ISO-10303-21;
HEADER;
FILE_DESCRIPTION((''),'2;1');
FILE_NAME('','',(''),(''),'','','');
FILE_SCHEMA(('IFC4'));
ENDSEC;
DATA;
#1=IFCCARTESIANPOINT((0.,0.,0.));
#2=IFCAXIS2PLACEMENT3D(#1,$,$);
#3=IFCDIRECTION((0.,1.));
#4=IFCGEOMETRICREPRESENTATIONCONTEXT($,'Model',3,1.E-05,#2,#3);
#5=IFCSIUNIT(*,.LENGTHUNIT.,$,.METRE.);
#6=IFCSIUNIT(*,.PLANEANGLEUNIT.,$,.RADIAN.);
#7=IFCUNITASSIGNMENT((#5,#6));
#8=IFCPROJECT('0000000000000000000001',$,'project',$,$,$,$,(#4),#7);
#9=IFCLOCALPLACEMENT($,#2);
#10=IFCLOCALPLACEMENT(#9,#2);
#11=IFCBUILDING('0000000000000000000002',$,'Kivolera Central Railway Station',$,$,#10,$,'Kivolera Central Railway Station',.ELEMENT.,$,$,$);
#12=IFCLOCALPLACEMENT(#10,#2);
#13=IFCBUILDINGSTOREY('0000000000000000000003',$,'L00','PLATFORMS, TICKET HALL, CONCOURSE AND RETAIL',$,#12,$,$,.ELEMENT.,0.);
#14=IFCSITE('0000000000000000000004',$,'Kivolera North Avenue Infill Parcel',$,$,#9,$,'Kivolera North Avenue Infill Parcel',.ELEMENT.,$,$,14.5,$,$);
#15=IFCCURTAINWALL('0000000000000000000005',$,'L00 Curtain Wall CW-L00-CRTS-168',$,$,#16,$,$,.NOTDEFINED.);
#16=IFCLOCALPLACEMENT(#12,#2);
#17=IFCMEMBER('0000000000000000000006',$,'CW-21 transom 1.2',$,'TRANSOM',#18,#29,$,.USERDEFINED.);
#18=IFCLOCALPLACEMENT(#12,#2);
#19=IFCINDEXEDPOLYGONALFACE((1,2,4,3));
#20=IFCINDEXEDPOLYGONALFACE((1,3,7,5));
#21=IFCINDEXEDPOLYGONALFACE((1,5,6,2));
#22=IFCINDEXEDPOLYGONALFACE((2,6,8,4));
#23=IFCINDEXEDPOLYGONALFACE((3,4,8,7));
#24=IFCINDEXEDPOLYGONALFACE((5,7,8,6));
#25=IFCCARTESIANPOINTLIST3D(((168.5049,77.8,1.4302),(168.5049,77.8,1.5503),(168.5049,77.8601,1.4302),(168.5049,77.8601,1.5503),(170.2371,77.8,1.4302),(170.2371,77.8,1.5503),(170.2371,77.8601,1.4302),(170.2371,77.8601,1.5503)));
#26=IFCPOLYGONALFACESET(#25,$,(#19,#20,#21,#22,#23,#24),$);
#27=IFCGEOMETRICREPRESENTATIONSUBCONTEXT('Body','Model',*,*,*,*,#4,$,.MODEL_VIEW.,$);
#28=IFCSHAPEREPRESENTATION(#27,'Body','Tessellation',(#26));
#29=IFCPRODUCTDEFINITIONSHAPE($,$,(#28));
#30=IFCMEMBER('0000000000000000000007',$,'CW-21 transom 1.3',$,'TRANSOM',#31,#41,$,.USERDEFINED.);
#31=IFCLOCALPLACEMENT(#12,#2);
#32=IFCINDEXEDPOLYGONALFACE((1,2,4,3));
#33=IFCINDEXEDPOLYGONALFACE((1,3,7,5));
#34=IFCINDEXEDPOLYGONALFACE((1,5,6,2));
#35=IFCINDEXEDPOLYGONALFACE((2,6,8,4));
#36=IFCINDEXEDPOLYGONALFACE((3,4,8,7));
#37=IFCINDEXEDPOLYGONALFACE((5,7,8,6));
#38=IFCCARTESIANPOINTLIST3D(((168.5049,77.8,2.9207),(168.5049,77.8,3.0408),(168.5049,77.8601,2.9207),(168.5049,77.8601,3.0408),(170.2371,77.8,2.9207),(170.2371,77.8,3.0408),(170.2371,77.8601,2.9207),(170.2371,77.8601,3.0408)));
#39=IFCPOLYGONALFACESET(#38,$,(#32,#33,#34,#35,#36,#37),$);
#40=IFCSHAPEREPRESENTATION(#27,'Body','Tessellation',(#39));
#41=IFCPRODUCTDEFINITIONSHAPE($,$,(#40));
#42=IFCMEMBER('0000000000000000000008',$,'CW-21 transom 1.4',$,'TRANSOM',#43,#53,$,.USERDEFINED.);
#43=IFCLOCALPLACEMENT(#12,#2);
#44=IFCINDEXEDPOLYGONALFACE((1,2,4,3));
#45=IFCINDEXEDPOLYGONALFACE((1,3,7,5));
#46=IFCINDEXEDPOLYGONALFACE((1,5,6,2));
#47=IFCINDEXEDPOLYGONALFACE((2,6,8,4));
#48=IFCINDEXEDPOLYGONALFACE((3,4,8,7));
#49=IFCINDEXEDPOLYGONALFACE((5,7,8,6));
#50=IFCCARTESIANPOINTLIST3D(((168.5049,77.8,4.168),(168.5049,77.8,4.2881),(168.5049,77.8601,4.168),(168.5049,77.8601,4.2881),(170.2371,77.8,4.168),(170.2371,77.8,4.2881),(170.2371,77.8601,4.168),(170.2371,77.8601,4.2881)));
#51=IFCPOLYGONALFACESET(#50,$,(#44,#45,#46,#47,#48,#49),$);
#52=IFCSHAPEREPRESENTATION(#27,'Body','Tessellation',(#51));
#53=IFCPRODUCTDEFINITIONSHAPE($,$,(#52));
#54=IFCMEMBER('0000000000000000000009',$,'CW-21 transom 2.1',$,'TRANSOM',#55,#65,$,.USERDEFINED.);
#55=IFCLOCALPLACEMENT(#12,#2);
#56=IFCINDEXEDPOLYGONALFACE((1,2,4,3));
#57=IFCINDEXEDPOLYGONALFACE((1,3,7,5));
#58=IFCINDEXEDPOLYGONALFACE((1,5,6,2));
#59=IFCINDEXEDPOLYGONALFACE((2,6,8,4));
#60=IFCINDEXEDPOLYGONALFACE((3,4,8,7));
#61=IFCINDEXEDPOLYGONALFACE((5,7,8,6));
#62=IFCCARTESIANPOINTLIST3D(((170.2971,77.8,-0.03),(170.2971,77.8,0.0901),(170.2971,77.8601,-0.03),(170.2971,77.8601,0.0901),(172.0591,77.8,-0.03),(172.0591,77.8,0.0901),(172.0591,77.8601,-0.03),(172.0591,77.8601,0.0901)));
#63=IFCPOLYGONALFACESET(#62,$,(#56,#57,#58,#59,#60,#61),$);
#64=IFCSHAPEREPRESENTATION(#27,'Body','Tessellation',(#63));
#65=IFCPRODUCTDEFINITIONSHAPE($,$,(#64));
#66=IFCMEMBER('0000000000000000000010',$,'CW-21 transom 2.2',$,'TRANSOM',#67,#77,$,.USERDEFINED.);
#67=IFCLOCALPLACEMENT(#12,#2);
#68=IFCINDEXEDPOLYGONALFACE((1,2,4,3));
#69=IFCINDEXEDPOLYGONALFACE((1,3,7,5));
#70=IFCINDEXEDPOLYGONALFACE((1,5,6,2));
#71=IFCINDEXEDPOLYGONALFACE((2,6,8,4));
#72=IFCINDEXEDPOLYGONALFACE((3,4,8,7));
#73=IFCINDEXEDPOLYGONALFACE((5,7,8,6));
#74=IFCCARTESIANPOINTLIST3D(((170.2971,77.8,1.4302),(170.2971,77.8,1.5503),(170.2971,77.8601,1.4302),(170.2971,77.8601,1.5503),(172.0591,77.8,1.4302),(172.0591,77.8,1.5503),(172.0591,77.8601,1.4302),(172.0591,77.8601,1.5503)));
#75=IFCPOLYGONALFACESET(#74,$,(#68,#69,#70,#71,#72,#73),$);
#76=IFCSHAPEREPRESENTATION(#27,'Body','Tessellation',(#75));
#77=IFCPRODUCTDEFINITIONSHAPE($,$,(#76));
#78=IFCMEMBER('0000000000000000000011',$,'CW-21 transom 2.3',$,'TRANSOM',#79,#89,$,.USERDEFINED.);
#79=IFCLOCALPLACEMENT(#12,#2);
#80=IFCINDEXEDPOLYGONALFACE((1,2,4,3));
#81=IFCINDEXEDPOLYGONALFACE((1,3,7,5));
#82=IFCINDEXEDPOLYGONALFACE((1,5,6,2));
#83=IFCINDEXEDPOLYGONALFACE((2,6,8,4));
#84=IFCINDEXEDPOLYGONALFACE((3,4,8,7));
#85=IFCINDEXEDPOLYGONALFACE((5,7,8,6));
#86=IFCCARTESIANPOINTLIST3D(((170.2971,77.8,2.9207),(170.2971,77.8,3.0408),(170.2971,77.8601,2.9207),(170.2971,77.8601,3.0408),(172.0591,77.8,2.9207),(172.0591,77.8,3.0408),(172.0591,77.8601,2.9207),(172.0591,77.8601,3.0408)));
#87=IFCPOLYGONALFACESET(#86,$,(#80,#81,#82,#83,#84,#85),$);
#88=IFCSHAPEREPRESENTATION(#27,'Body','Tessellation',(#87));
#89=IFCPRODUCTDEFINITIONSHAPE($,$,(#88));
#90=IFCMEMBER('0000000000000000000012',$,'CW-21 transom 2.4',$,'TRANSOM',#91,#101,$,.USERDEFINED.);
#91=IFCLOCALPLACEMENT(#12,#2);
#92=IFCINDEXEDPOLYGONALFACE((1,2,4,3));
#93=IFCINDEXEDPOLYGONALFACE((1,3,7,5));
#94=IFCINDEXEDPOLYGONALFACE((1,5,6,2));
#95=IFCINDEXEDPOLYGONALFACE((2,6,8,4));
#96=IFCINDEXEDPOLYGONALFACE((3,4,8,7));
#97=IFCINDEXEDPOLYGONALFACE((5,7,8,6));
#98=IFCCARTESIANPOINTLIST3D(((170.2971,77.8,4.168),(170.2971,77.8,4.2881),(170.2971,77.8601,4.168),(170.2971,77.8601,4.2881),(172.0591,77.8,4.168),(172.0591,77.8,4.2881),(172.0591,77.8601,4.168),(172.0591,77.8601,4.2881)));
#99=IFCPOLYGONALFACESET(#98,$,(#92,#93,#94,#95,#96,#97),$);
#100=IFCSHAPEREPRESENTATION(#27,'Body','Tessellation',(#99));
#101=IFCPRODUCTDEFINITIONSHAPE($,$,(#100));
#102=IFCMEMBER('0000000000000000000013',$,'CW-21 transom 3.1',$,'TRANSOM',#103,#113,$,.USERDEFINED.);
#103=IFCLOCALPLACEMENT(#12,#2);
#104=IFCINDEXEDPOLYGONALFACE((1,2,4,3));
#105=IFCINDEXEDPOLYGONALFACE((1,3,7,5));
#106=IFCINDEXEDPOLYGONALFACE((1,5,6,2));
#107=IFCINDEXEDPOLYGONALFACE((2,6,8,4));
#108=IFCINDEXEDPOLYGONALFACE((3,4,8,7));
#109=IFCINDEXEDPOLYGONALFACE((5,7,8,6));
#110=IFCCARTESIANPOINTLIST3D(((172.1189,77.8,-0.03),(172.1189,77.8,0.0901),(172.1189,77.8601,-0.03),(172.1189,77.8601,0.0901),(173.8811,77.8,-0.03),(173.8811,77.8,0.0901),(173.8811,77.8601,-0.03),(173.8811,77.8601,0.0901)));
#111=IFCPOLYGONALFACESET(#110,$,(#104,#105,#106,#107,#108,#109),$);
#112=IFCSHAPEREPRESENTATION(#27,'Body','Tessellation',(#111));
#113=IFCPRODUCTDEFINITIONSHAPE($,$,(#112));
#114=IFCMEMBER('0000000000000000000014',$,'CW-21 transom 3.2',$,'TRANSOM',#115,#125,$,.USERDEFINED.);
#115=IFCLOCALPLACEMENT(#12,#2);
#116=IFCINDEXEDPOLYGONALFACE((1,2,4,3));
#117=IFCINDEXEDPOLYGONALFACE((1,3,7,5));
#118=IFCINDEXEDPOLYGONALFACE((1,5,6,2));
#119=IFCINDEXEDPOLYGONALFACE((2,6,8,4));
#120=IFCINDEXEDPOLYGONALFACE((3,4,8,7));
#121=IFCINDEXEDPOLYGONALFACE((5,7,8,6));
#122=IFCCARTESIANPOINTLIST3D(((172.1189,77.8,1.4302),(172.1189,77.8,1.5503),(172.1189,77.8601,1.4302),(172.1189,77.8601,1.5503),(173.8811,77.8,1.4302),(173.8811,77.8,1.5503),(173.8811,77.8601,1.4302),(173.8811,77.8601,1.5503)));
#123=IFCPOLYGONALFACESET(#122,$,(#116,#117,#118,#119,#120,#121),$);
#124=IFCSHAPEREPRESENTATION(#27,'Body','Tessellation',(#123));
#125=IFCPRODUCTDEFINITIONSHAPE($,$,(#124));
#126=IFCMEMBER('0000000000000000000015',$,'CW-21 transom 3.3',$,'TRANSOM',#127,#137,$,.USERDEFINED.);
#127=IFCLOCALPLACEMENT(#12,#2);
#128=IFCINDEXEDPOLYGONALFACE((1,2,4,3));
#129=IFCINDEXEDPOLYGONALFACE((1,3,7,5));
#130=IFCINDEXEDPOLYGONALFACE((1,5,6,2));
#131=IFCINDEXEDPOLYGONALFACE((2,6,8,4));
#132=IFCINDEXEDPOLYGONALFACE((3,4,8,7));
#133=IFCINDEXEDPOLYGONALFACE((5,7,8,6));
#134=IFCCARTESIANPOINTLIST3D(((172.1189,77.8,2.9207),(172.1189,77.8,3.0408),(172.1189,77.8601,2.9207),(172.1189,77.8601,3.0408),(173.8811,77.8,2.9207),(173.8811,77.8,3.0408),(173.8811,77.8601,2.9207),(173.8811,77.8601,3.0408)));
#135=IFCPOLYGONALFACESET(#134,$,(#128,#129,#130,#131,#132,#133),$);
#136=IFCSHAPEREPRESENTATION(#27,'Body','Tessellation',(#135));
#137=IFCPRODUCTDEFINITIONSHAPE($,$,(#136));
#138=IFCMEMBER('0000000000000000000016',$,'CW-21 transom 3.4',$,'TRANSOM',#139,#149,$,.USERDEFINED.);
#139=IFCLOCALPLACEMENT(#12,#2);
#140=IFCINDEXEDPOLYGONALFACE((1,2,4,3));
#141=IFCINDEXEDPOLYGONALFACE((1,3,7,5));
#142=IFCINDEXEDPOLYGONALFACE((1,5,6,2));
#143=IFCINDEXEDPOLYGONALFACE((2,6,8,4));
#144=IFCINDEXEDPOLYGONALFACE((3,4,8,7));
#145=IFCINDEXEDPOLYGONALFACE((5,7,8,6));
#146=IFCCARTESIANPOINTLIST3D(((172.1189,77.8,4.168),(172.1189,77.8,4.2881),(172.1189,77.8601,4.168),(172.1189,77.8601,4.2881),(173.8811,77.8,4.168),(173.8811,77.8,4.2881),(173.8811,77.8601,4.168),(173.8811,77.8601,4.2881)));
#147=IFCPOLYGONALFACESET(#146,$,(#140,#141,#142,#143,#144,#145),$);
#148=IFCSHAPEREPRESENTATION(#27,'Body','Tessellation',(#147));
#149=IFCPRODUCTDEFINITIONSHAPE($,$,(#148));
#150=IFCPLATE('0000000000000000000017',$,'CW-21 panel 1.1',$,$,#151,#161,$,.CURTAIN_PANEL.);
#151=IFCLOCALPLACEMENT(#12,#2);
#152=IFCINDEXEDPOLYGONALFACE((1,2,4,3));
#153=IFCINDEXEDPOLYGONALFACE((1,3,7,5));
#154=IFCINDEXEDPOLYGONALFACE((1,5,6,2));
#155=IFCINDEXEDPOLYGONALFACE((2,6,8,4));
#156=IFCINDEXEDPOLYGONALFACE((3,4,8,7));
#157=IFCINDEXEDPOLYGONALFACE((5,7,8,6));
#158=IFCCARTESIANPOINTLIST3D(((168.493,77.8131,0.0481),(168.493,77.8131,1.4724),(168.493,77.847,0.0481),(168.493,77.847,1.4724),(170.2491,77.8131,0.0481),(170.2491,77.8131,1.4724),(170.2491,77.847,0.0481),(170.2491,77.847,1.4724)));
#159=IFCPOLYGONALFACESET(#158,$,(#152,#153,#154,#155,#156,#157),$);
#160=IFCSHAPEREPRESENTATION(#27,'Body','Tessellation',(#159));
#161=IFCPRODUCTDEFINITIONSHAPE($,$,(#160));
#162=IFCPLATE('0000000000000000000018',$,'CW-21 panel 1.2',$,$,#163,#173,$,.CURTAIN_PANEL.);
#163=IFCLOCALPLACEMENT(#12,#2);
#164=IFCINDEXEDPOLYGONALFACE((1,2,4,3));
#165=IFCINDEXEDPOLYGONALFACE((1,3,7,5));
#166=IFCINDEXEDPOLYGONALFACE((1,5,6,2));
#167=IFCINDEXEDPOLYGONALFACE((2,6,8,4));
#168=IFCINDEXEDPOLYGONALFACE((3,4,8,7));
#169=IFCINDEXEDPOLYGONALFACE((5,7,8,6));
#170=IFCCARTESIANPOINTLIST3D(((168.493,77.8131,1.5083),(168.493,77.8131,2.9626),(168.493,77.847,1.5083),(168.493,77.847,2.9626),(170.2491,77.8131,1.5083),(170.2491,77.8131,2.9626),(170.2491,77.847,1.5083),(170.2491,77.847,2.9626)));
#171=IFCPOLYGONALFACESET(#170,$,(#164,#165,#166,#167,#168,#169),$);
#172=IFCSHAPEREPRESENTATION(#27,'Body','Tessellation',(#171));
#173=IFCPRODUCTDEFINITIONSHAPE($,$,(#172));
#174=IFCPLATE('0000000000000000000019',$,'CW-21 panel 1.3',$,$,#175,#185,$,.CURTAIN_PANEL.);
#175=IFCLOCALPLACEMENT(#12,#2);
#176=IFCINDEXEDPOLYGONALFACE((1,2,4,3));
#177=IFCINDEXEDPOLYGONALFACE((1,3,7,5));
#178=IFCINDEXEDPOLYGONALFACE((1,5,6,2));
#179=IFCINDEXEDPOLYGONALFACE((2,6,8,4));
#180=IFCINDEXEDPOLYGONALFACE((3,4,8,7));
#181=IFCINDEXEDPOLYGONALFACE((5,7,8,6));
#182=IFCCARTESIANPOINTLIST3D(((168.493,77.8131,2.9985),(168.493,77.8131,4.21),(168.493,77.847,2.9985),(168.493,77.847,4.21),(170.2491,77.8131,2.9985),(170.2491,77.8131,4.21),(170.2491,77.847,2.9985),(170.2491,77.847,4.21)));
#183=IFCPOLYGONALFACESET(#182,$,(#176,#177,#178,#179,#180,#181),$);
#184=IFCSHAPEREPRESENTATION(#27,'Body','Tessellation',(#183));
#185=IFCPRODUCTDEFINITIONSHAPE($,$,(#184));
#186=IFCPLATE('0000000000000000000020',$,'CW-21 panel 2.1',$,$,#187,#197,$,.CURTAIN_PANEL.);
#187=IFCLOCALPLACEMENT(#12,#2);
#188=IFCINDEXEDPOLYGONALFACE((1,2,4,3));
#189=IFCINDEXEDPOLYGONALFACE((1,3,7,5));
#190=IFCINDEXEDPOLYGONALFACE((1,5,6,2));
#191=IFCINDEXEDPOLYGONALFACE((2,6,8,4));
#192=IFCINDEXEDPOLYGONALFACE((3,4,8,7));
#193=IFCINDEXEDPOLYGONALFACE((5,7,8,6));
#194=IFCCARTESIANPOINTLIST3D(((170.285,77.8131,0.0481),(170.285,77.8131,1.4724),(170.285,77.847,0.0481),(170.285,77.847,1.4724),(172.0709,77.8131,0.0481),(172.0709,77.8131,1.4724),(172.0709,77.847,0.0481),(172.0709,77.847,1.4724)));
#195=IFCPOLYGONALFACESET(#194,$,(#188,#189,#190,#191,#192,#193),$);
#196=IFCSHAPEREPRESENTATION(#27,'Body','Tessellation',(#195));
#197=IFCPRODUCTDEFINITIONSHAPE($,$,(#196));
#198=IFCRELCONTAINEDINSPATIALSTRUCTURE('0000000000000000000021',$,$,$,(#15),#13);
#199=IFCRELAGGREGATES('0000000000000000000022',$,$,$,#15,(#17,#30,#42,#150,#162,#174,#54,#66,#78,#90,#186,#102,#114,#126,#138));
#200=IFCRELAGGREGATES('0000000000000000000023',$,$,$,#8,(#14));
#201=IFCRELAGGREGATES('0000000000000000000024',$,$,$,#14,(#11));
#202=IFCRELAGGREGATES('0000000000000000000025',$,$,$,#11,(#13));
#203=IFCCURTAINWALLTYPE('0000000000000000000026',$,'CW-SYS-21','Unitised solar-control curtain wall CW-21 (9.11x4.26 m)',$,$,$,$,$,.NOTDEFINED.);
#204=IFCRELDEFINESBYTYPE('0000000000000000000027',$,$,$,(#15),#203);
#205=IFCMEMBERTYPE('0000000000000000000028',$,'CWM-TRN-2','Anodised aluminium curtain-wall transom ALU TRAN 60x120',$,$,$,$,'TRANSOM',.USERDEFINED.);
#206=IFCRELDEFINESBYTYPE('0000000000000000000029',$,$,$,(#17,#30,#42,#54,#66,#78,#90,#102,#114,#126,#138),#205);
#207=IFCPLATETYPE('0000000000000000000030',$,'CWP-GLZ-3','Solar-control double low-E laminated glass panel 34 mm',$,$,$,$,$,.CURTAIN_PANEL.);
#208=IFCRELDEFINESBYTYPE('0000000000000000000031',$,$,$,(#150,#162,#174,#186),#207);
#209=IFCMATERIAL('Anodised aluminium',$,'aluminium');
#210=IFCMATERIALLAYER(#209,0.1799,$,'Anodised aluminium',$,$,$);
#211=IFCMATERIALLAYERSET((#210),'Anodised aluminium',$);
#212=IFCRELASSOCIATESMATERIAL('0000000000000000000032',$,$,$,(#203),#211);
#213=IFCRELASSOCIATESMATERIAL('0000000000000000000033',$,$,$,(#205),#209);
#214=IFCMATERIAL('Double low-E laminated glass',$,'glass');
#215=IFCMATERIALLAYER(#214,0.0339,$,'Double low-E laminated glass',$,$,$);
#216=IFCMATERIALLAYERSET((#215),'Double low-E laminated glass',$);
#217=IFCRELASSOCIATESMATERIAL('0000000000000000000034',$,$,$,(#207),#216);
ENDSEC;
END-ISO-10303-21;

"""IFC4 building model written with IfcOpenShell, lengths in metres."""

from ifc_helpers import new_model, si_unit, direction, frame, origin, origin_2d, place, context, subcontext, project, spatial, rectangle, extrude, material, layer, layer_set, material_profile, profile_set, type_object, element, aggregate, save


model = new_model("IFC4")

# Units and contexts
model_context = context("Model", 3, precision=1e-05, world=origin(), true_north=direction((0.0, 1.0)))
body_context = subcontext(model_context, "Body", "Model", "MODEL_VIEW")
ifc_project = project(units=[si_unit("LENGTHUNIT", "METRE"), si_unit("PLANEANGLEUNIT", "RADIAN")], contexts=[model_context])

# Site, building, storey
site_placement = place(None, origin())
site = spatial("IfcSite", under=ifc_project, at=site_placement, Name="Kivolera North Avenue Infill Parcel", LongName="Kivolera North Avenue Infill Parcel", CompositionType="ELEMENT", RefElevation=14.5)
building_placement = place(site_placement, origin())
building = spatial("IfcBuilding", under=site, at=building_placement, Name="Kivolera Central Railway Station", LongName="Kivolera Central Railway Station", CompositionType="ELEMENT")
storey_placement = place(building_placement, origin())
storey = spatial("IfcBuildingStorey", under=building, at=storey_placement, Name="L00", Description="PLATFORMS, TICKET HALL, CONCOURSE AND RETAIL", CompositionType="ELEMENT", Elevation=0.0)

# Curtain wall, members, plates
ifc_material_1 = material(Name="Anodised aluminium", Category="aluminium")
ifc_layer_1 = layer(ifc_material_1, 0.1799, Name="Anodised aluminium")
ifc_layer_set_1 = layer_set([ifc_layer_1], Name="Anodised aluminium")
curtain_wall_type = type_object("IfcCurtainWallType", Name="CW-SYS-21", Description="Unitised solar-control curtain wall CW-21 (9.11x4.26 m)", PredefinedType="NOTDEFINED", material=ifc_layer_set_1)
curtain_wall_placement = place(storey_placement, origin())
curtain_wall = element("IfcCurtainWall", 1, at=curtain_wall_placement, inside=storey, type_object=curtain_wall_type, Name="L00 Curtain Wall CW-L00-CRTS-168", PredefinedType="NOTDEFINED")
ifc_material_profile_1 = material_profile(ifc_material_1, rectangle(XDim=0.0601, YDim=0.1201, at=origin_2d()), Name="ALU TRAN 60x120")
ifc_profile_set_1 = profile_set([ifc_material_profile_1], Name="Anodised aluminium")
member_type_1 = type_object("IfcMemberType", Name="CWM-TRN-2", Description="Anodised aluminium curtain-wall transom ALU TRAN 60x120", ElementType="TRANSOM", PredefinedType="USERDEFINED", material=ifc_profile_set_1)
member_1_placement = place(storey_placement, frame((168.5049, 77.8301, 1.4902), z_axis=(1.0, 0.0, 0.0), x_axis=(0.0, 1.0, 0.0)))
member_1 = element("IfcMember", 2, at=member_1_placement, type_object=member_type_1, Name="CW-21 transom 1.2", ObjectType="TRANSOM", PredefinedType="USERDEFINED", context=body_context, shape_type="SweptSolid", body=[
    extrude(rectangle(XDim=0.0601, YDim=0.1201, at=origin_2d()), origin(), (0.0, 0.0, 1.0), 1.7322),
])
member_2_placement = place(storey_placement, frame((168.5049, 77.8301, 2.9807), z_axis=(1.0, 0.0, 0.0), x_axis=(0.0, 1.0, 0.0)))
member_2 = element("IfcMember", 3, at=member_2_placement, type_object=member_type_1, Name="CW-21 transom 1.3", ObjectType="TRANSOM", PredefinedType="USERDEFINED", context=body_context, shape_type="SweptSolid", body=[
    extrude(rectangle(XDim=0.0601, YDim=0.1201, at=origin_2d()), origin(), (0.0, 0.0, 1.0), 1.7322),
])
member_3_placement = place(storey_placement, frame((168.5049, 77.8301, 4.228), z_axis=(1.0, 0.0, 0.0), x_axis=(0.0, 1.0, 0.0)))
member_3 = element("IfcMember", 4, at=member_3_placement, type_object=member_type_1, Name="CW-21 transom 1.4", ObjectType="TRANSOM", PredefinedType="USERDEFINED", context=body_context, shape_type="SweptSolid", body=[
    extrude(rectangle(XDim=0.0601, YDim=0.1201, at=origin_2d()), origin(), (0.0, 0.0, 1.0), 1.7322),
])
member_4_placement = place(storey_placement, frame((170.2971, 77.8301, 0.03), z_axis=(1.0, 0.0, 0.0), x_axis=(0.0, 1.0, 0.0)))
member_4 = element("IfcMember", 5, at=member_4_placement, type_object=member_type_1, Name="CW-21 transom 2.1", ObjectType="TRANSOM", PredefinedType="USERDEFINED", context=body_context, shape_type="SweptSolid", body=[
    extrude(rectangle(XDim=0.0601, YDim=0.1201, at=origin_2d()), origin(), (0.0, 0.0, 1.0), 1.762),
])
member_5_placement = place(storey_placement, frame((170.2971, 77.8301, 1.4902), z_axis=(1.0, 0.0, 0.0), x_axis=(0.0, 1.0, 0.0)))
member_5 = element("IfcMember", 6, at=member_5_placement, type_object=member_type_1, Name="CW-21 transom 2.2", ObjectType="TRANSOM", PredefinedType="USERDEFINED", context=body_context, shape_type="SweptSolid", body=[
    extrude(rectangle(XDim=0.0601, YDim=0.1201, at=origin_2d()), origin(), (0.0, 0.0, 1.0), 1.762),
])
member_6_placement = place(storey_placement, frame((170.2971, 77.8301, 2.9807), z_axis=(1.0, 0.0, 0.0), x_axis=(0.0, 1.0, 0.0)))
member_6 = element("IfcMember", 7, at=member_6_placement, type_object=member_type_1, Name="CW-21 transom 2.3", ObjectType="TRANSOM", PredefinedType="USERDEFINED", context=body_context, shape_type="SweptSolid", body=[
    extrude(rectangle(XDim=0.0601, YDim=0.1201, at=origin_2d()), origin(), (0.0, 0.0, 1.0), 1.762),
])
member_7_placement = place(storey_placement, frame((170.2971, 77.8301, 4.228), z_axis=(1.0, 0.0, 0.0), x_axis=(0.0, 1.0, 0.0)))
member_7 = element("IfcMember", 8, at=member_7_placement, type_object=member_type_1, Name="CW-21 transom 2.4", ObjectType="TRANSOM", PredefinedType="USERDEFINED", context=body_context, shape_type="SweptSolid", body=[
    extrude(rectangle(XDim=0.0601, YDim=0.1201, at=origin_2d()), origin(), (0.0, 0.0, 1.0), 1.762),
])
member_8_placement = place(storey_placement, frame((172.1189, 77.8301, 0.03), z_axis=(1.0, 0.0, 0.0), x_axis=(0.0, 1.0, 0.0)))
member_8 = element("IfcMember", 9, at=member_8_placement, type_object=member_type_1, Name="CW-21 transom 3.1", ObjectType="TRANSOM", PredefinedType="USERDEFINED", context=body_context, shape_type="SweptSolid", body=[
    extrude(rectangle(XDim=0.0601, YDim=0.1201, at=origin_2d()), origin(), (0.0, 0.0, 1.0), 1.7622),
])
member_9_placement = place(storey_placement, frame((172.1189, 77.8301, 1.4902), z_axis=(1.0, 0.0, 0.0), x_axis=(0.0, 1.0, 0.0)))
member_9 = element("IfcMember", 10, at=member_9_placement, type_object=member_type_1, Name="CW-21 transom 3.2", ObjectType="TRANSOM", PredefinedType="USERDEFINED", context=body_context, shape_type="SweptSolid", body=[
    extrude(rectangle(XDim=0.0601, YDim=0.1201, at=origin_2d()), origin(), (0.0, 0.0, 1.0), 1.7622),
])
member_10_placement = place(storey_placement, frame((172.1189, 77.8301, 2.9807), z_axis=(1.0, 0.0, 0.0), x_axis=(0.0, 1.0, 0.0)))
member_10 = element("IfcMember", 11, at=member_10_placement, type_object=member_type_1, Name="CW-21 transom 3.3", ObjectType="TRANSOM", PredefinedType="USERDEFINED", context=body_context, shape_type="SweptSolid", body=[
    extrude(rectangle(XDim=0.0601, YDim=0.1201, at=origin_2d()), origin(), (0.0, 0.0, 1.0), 1.7622),
])
member_11_placement = place(storey_placement, frame((172.1189, 77.8301, 4.228), z_axis=(1.0, 0.0, 0.0), x_axis=(0.0, 1.0, 0.0)))
member_11 = element("IfcMember", 12, at=member_11_placement, type_object=member_type_1, Name="CW-21 transom 3.4", ObjectType="TRANSOM", PredefinedType="USERDEFINED", context=body_context, shape_type="SweptSolid", body=[
    extrude(rectangle(XDim=0.0601, YDim=0.1201, at=origin_2d()), origin(), (0.0, 0.0, 1.0), 1.7622),
])
ifc_material_2 = material(Name="Double low-E laminated glass", Category="glass")
ifc_layer_2 = layer(ifc_material_2, 0.0339, Name="Double low-E laminated glass")
ifc_layer_set_2 = layer_set([ifc_layer_2], Name="Double low-E laminated glass")
plate_type = type_object("IfcPlateType", Name="CWP-GLZ-3", Description="Solar-control double low-E laminated glass panel 34 mm", PredefinedType="CURTAIN_PANEL", material=ifc_layer_set_2)
plate_1_placement = place(storey_placement, frame((169.3711, 77.8301, 0.0481), z_axis=(0.0, 0.0, 1.0), x_axis=(1.0, 0.0, 0.0)))
plate_1 = element("IfcPlate", 13, at=plate_1_placement, type_object=plate_type, Name="CW-21 panel 1.1", PredefinedType="CURTAIN_PANEL", context=body_context, shape_type="SweptSolid", body=[
    extrude(rectangle(XDim=1.7561, YDim=0.0339, at=origin_2d()), origin(), (0.0, 0.0, 1.0), 1.4243),
])
plate_2_placement = place(storey_placement, frame((169.3711, 77.8301, 1.5083), z_axis=(0.0, 0.0, 1.0), x_axis=(1.0, 0.0, 0.0)))
plate_2 = element("IfcPlate", 14, at=plate_2_placement, type_object=plate_type, Name="CW-21 panel 1.2", PredefinedType="CURTAIN_PANEL", context=body_context, shape_type="SweptSolid", body=[
    extrude(rectangle(XDim=1.7561, YDim=0.0339, at=origin_2d()), origin(), (0.0, 0.0, 1.0), 1.4543),
])
plate_3_placement = place(storey_placement, frame((169.3711, 77.8301, 2.9985), z_axis=(0.0, 0.0, 1.0), x_axis=(1.0, 0.0, 0.0)))
plate_3 = element("IfcPlate", 15, at=plate_3_placement, type_object=plate_type, Name="CW-21 panel 1.3", PredefinedType="CURTAIN_PANEL", context=body_context, shape_type="SweptSolid", body=[
    extrude(rectangle(XDim=1.7561, YDim=0.0339, at=origin_2d()), origin(), (0.0, 0.0, 1.0), 1.2114),
])
plate_4_placement = place(storey_placement, frame((171.178, 77.8301, 0.0481), z_axis=(0.0, 0.0, 1.0), x_axis=(1.0, 0.0, 0.0)))
plate_4 = element("IfcPlate", 16, at=plate_4_placement, type_object=plate_type, Name="CW-21 panel 2.1", PredefinedType="CURTAIN_PANEL", context=body_context, shape_type="SweptSolid", body=[
    extrude(rectangle(XDim=1.7859, YDim=0.0339, at=origin_2d()), origin(), (0.0, 0.0, 1.0), 1.4243),
])
aggregate(curtain_wall, [member_1, member_2, member_3, plate_1, plate_2, plate_3, member_4, member_5, member_6, member_7, plate_4, member_8, member_9, member_10, member_11])

save(model, "model.ifc")
